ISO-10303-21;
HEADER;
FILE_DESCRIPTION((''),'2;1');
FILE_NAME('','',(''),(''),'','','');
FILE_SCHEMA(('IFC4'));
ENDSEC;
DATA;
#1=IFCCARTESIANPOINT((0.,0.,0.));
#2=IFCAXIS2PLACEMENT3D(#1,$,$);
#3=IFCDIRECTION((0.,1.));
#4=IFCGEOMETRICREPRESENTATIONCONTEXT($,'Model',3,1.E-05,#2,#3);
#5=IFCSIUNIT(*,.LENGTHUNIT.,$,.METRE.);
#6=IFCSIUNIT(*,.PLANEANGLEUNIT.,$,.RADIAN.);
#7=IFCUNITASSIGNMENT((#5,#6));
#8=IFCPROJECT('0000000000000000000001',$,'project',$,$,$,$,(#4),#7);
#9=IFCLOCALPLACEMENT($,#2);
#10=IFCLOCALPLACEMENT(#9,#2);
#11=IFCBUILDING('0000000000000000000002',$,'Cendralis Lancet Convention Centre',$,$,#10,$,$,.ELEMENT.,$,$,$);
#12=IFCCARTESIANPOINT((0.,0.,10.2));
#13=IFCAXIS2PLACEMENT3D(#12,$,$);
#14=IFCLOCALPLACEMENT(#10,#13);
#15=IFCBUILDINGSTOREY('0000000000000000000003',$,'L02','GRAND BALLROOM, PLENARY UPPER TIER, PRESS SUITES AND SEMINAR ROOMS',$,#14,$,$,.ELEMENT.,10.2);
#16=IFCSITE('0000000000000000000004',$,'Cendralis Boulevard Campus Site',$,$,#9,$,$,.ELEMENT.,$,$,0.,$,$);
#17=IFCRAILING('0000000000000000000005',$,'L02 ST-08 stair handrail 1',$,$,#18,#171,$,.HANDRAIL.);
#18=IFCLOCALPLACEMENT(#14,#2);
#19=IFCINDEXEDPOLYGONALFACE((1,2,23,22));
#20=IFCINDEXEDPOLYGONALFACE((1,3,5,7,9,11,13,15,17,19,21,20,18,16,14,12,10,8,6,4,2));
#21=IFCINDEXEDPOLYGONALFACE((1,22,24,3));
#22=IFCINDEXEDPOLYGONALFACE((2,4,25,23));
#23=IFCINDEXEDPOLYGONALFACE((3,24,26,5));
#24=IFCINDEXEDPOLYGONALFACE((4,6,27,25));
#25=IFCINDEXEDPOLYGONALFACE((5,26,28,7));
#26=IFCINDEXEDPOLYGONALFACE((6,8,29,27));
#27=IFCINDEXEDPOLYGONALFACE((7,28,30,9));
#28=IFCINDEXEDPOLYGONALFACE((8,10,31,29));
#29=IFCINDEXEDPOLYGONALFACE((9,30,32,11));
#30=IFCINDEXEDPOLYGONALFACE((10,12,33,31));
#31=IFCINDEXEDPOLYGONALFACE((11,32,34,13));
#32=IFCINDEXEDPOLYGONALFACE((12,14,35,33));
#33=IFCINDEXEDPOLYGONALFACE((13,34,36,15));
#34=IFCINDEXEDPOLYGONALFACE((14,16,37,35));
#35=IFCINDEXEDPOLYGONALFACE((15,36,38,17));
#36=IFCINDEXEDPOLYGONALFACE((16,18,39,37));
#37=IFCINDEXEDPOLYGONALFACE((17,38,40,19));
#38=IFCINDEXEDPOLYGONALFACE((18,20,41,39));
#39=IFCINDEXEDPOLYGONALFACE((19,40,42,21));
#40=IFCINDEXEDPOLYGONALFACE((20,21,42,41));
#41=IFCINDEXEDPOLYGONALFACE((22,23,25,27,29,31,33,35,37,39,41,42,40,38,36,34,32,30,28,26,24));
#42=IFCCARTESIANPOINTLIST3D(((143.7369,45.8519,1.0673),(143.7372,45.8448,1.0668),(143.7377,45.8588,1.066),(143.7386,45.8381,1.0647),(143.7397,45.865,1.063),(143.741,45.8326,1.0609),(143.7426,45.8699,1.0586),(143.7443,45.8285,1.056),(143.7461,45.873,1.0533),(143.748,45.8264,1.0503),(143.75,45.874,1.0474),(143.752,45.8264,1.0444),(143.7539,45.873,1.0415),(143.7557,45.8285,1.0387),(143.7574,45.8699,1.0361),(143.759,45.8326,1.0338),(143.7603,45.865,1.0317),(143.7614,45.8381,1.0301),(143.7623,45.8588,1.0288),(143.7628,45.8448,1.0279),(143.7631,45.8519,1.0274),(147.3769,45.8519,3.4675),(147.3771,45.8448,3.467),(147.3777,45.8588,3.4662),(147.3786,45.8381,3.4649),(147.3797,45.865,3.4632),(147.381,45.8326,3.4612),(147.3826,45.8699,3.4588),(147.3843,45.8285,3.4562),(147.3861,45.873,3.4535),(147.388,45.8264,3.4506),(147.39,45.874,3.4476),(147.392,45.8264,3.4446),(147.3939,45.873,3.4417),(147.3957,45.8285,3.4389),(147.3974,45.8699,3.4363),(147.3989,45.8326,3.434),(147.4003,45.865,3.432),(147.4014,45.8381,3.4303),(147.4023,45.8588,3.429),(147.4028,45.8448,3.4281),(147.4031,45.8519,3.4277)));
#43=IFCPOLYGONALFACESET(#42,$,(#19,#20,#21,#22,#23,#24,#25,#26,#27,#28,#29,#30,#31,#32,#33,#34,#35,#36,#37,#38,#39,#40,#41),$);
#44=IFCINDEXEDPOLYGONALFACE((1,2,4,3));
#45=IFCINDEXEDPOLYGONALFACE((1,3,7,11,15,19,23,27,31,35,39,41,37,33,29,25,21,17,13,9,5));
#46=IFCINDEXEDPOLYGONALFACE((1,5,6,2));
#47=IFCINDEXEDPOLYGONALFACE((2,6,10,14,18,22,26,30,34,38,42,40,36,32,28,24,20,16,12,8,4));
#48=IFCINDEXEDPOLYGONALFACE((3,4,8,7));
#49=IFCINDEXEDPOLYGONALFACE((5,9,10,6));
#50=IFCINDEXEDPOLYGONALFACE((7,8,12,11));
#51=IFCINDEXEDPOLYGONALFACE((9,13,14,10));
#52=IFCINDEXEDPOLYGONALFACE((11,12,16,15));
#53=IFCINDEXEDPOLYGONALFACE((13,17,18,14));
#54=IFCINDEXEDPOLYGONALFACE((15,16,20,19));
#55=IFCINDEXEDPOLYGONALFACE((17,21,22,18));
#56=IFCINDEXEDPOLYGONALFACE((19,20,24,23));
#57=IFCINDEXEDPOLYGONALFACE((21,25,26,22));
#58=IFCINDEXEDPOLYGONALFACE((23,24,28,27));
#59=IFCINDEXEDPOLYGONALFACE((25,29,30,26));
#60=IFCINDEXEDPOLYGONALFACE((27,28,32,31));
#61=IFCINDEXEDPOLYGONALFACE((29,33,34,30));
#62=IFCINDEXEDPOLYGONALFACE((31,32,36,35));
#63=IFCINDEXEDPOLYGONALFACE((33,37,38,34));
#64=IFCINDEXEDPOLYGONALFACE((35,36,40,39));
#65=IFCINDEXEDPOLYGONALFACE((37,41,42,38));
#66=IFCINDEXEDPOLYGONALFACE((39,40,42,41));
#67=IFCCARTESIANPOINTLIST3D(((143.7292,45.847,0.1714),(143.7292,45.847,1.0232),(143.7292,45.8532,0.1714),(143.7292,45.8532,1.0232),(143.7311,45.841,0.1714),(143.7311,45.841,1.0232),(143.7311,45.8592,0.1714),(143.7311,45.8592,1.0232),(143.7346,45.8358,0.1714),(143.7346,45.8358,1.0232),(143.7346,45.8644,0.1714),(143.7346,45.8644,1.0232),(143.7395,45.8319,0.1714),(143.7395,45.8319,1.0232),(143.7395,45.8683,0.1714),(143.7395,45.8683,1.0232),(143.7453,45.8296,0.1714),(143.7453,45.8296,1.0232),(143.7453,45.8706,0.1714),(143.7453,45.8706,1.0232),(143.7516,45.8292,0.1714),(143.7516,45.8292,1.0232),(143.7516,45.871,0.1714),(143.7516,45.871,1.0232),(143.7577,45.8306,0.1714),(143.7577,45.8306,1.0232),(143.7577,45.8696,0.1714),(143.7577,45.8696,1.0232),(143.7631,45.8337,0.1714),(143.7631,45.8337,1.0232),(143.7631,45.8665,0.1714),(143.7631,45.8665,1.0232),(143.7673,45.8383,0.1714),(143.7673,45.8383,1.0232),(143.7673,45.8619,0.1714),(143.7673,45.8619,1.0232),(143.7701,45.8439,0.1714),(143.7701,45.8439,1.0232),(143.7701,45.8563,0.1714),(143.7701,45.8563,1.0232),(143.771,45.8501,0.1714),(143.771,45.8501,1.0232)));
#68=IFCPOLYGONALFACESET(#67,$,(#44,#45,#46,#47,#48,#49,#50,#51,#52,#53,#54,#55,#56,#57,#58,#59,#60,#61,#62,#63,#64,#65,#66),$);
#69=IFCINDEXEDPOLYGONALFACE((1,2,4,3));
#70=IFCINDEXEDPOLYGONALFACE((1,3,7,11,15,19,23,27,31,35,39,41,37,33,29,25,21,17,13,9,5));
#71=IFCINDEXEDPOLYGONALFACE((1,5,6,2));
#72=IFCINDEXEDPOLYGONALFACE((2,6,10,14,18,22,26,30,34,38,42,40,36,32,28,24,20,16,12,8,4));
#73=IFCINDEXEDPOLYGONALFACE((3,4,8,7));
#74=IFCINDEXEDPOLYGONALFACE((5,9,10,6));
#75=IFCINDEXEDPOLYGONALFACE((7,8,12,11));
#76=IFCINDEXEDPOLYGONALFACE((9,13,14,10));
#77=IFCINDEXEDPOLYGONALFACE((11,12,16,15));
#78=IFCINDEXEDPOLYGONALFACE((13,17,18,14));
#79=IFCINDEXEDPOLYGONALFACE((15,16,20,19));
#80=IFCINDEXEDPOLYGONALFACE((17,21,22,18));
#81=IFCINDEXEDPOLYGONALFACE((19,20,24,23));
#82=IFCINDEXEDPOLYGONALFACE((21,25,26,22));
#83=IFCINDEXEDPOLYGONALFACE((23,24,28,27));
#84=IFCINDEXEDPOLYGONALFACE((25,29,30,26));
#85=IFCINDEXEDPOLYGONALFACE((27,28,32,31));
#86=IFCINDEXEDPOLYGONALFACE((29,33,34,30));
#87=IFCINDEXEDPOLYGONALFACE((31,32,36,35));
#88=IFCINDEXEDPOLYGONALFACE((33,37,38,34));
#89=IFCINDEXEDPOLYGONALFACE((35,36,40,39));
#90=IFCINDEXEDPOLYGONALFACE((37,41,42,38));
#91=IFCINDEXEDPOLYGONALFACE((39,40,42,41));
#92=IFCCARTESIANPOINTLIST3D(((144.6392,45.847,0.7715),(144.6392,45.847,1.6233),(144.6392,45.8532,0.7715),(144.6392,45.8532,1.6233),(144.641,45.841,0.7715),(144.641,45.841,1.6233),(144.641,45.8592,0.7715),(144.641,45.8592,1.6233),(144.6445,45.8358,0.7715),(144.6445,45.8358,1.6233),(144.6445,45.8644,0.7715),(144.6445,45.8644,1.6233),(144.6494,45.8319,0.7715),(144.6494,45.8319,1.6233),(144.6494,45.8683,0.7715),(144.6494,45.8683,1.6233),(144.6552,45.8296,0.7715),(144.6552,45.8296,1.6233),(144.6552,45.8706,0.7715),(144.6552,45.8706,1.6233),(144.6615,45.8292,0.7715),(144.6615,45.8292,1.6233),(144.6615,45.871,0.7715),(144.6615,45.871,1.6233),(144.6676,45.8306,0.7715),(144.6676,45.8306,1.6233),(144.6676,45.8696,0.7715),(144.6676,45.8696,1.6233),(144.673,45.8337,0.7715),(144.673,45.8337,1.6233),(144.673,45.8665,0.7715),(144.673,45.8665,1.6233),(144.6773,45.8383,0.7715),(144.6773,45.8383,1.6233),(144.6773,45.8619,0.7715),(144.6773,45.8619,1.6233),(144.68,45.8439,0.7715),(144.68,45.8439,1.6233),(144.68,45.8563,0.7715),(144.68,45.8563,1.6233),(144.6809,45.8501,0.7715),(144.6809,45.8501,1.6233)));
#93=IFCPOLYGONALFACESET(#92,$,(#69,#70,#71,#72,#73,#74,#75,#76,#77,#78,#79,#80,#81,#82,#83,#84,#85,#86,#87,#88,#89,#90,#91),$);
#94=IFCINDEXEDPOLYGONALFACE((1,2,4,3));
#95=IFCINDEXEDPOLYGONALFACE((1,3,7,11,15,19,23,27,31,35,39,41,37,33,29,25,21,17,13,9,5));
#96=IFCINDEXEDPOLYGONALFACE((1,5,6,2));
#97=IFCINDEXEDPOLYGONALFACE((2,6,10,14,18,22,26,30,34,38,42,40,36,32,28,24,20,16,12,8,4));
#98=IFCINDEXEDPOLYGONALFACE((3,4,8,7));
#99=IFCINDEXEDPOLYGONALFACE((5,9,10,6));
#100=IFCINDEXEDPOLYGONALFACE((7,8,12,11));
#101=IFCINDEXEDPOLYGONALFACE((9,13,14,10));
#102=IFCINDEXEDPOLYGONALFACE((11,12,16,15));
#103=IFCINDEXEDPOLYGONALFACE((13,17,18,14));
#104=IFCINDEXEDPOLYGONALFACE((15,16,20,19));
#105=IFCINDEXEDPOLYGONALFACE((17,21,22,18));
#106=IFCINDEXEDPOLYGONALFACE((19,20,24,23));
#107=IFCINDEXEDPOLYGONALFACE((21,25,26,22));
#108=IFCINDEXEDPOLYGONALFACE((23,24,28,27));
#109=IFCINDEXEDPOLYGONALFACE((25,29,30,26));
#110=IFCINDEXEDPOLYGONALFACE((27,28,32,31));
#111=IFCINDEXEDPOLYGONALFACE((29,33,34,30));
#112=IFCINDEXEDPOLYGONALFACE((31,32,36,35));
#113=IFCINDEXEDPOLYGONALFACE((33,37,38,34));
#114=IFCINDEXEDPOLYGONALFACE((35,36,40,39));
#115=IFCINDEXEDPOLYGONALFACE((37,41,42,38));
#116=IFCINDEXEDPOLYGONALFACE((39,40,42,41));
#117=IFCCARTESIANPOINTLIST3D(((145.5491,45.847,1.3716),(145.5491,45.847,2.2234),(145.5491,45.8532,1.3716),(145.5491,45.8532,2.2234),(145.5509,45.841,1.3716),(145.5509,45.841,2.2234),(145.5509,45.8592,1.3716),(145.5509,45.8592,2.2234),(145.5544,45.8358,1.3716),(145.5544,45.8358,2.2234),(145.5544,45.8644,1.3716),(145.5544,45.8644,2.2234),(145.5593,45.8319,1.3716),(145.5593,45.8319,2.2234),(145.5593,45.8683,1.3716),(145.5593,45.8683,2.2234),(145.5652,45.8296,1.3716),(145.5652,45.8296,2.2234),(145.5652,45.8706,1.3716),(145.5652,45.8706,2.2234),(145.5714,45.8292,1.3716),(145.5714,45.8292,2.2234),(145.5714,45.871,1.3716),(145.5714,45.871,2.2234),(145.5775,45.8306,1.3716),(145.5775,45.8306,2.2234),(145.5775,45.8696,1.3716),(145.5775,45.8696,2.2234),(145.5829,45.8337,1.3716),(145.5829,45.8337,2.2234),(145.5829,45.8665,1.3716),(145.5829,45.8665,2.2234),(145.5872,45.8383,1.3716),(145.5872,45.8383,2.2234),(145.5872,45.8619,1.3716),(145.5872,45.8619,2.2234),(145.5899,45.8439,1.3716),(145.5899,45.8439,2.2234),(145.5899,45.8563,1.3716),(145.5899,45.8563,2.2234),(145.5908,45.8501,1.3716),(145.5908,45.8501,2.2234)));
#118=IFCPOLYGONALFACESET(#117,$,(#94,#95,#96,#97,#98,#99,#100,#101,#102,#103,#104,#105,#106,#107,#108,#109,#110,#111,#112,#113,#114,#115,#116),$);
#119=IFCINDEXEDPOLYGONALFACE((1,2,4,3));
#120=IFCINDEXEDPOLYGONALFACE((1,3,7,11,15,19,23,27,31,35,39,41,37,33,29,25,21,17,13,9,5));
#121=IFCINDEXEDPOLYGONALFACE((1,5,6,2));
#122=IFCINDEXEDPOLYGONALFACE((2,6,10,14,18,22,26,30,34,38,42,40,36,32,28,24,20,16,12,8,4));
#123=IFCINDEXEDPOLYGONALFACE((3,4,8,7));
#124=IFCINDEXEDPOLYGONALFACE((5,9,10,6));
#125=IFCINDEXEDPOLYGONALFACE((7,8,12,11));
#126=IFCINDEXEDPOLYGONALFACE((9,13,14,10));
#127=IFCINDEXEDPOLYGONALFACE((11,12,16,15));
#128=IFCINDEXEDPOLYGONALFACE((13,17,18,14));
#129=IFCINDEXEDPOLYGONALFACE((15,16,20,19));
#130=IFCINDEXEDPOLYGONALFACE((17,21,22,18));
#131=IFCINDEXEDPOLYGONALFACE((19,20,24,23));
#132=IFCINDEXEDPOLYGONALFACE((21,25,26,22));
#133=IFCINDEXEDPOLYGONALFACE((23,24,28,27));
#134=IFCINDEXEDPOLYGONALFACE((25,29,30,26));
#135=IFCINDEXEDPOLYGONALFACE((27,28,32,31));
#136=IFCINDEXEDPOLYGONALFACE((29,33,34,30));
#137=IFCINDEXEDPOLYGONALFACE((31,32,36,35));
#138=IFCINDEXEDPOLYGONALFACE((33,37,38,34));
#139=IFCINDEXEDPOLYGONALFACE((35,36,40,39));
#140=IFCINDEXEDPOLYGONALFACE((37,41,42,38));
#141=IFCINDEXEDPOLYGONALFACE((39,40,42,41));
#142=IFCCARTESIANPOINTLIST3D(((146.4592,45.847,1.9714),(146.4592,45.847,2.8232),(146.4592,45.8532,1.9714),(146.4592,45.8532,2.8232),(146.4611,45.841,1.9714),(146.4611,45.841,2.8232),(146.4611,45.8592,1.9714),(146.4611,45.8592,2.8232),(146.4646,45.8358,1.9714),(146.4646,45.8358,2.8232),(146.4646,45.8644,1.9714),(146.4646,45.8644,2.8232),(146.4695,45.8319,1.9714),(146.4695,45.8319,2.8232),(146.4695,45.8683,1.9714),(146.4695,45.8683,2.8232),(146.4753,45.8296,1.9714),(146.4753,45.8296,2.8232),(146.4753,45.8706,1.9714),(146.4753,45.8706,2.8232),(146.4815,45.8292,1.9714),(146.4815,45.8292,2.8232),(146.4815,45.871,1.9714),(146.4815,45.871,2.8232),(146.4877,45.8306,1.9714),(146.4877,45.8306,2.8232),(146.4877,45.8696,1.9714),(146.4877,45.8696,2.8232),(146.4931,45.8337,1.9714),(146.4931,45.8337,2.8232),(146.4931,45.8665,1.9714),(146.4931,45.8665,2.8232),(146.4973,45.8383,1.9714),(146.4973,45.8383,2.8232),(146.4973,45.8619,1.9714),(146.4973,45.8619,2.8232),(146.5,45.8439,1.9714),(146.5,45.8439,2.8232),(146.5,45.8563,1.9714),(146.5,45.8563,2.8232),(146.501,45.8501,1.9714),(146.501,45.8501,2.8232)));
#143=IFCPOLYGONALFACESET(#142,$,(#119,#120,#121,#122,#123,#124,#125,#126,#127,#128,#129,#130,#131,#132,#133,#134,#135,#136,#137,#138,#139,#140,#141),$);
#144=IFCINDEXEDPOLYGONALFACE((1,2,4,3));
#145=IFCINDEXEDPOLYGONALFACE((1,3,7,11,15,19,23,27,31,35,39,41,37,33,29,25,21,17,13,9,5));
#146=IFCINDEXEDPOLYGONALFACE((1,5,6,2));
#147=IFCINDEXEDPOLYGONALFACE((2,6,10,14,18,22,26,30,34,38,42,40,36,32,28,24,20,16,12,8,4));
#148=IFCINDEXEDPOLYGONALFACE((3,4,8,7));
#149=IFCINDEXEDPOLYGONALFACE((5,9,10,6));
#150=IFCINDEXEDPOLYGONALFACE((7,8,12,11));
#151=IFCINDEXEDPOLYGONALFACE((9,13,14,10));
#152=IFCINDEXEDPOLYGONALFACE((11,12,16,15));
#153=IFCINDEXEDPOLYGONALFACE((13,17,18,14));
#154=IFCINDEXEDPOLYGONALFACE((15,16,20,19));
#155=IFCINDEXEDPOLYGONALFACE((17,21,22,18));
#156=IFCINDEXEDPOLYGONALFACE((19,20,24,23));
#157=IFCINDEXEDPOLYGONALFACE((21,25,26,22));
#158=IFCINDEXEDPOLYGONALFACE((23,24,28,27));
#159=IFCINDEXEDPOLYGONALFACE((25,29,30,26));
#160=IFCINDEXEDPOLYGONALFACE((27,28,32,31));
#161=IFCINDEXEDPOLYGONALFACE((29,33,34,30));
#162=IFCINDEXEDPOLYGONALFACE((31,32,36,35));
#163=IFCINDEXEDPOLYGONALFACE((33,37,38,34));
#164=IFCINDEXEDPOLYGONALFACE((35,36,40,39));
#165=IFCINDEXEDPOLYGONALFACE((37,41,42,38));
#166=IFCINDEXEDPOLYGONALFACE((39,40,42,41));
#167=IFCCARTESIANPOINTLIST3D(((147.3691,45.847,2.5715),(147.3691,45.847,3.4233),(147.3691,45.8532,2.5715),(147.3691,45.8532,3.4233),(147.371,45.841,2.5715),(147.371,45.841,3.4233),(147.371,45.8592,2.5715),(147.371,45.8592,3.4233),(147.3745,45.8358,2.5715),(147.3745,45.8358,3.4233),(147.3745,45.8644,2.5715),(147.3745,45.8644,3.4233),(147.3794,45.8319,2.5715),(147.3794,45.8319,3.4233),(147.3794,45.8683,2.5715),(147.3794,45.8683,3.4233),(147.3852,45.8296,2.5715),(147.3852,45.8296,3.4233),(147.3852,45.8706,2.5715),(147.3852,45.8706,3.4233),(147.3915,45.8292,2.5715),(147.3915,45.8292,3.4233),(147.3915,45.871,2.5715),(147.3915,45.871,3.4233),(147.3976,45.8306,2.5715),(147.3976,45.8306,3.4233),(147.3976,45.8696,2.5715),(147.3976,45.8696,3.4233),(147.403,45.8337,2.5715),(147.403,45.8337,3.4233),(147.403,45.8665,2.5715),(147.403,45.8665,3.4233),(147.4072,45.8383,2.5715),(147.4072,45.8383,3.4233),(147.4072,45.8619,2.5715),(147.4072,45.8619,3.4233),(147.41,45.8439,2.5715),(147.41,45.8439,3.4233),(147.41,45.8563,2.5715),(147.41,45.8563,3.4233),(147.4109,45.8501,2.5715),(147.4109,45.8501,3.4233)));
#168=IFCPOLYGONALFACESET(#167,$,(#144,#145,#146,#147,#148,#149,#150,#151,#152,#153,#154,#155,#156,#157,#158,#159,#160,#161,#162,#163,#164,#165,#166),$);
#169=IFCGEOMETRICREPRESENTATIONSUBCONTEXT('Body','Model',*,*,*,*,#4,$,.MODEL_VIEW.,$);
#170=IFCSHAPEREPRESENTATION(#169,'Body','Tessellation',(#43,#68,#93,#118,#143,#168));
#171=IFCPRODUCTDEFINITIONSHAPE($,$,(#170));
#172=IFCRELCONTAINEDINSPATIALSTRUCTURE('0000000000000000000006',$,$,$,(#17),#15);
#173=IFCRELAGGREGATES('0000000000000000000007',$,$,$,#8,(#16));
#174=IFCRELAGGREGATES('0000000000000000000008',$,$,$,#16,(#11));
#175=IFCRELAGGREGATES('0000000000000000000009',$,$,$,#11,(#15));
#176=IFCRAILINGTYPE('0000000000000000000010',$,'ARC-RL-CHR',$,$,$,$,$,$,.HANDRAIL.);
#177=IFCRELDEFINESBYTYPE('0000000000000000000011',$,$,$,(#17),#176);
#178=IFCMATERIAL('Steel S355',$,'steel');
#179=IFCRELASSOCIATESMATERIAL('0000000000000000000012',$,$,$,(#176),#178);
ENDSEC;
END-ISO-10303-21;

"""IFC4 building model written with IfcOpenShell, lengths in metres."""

from ifc_helpers import new_model, si_unit, direction, frame, origin, origin_2d, place, context, subcontext, project, spatial, circle, extrude, material, type_object, element, save


model = new_model("IFC4")

# Units and contexts
model_context = context("Model", 3, precision=1e-05, world=origin(), true_north=direction((0.0, 1.0)))
body_context = subcontext(model_context, "Body", "Model", "MODEL_VIEW")
ifc_project = project(units=[si_unit("LENGTHUNIT", "METRE"), si_unit("PLANEANGLEUNIT", "RADIAN")], contexts=[model_context])

# Site, building, storey
site_placement = place(None, origin())
site = spatial("IfcSite", under=ifc_project, at=site_placement, Name="Cendralis Boulevard Campus Site", CompositionType="ELEMENT", RefElevation=0.0)
building_placement = place(site_placement, origin())
building = spatial("IfcBuilding", under=site, at=building_placement, Name="Cendralis Lancet Convention Centre", CompositionType="ELEMENT")
storey_placement = place(building_placement, frame((0.0, 0.0, 10.2)))
storey = spatial("IfcBuildingStorey", under=building, at=storey_placement, Name="L02", Description="GRAND BALLROOM, PLENARY UPPER TIER, PRESS SUITES AND SEMINAR ROOMS", CompositionType="ELEMENT", Elevation=10.2)

# Shared definitions
ifc_material_1 = material(Name="Steel S355", Category="steel")

# Railing
railing_type_1 = type_object("IfcRailingType", Name="ARC-RL-CHR", PredefinedType="HANDRAIL", material=ifc_material_1)
railing_1_placement = place(storey_placement, frame((143.75, 45.8501, 0.1714)))
element("IfcRailing", 1, at=railing_1_placement, inside=storey, type_object=railing_type_1, Name="L02 ST-08 stair handrail 1", PredefinedType="HANDRAIL", context=body_context, shape_type="SweptSolid", body=[
    extrude(circle(Radius=0.0239, at=origin_2d()), frame((0.0, 0.0, 0.876), z_axis=(0.834839, 0.0, 0.550493), x_axis=(0.0, 1.0, 0.0)), (0.0, 0.0, 1.0), 4.3601),
    extrude(circle(Radius=0.021, at=origin_2d()), origin(), (0.0, 0.0, 1.0), 0.8518),
    extrude(circle(Radius=0.021, at=origin_2d()), frame((0.9099, 0.0, 0.6001)), (0.0, 0.0, 1.0), 0.8518),
    extrude(circle(Radius=0.021, at=origin_2d()), frame((1.8198, 0.0, 1.2002)), (0.0, 0.0, 1.0), 0.8518),
    extrude(circle(Radius=0.021, at=origin_2d()), frame((2.73, 0.0, 1.8)), (0.0, 0.0, 1.0), 0.8518),
    extrude(circle(Radius=0.021, at=origin_2d()), frame((3.6399, 0.0, 2.4001)), (0.0, 0.0, 1.0), 0.8518),
])

save(model, "model.ifc")
